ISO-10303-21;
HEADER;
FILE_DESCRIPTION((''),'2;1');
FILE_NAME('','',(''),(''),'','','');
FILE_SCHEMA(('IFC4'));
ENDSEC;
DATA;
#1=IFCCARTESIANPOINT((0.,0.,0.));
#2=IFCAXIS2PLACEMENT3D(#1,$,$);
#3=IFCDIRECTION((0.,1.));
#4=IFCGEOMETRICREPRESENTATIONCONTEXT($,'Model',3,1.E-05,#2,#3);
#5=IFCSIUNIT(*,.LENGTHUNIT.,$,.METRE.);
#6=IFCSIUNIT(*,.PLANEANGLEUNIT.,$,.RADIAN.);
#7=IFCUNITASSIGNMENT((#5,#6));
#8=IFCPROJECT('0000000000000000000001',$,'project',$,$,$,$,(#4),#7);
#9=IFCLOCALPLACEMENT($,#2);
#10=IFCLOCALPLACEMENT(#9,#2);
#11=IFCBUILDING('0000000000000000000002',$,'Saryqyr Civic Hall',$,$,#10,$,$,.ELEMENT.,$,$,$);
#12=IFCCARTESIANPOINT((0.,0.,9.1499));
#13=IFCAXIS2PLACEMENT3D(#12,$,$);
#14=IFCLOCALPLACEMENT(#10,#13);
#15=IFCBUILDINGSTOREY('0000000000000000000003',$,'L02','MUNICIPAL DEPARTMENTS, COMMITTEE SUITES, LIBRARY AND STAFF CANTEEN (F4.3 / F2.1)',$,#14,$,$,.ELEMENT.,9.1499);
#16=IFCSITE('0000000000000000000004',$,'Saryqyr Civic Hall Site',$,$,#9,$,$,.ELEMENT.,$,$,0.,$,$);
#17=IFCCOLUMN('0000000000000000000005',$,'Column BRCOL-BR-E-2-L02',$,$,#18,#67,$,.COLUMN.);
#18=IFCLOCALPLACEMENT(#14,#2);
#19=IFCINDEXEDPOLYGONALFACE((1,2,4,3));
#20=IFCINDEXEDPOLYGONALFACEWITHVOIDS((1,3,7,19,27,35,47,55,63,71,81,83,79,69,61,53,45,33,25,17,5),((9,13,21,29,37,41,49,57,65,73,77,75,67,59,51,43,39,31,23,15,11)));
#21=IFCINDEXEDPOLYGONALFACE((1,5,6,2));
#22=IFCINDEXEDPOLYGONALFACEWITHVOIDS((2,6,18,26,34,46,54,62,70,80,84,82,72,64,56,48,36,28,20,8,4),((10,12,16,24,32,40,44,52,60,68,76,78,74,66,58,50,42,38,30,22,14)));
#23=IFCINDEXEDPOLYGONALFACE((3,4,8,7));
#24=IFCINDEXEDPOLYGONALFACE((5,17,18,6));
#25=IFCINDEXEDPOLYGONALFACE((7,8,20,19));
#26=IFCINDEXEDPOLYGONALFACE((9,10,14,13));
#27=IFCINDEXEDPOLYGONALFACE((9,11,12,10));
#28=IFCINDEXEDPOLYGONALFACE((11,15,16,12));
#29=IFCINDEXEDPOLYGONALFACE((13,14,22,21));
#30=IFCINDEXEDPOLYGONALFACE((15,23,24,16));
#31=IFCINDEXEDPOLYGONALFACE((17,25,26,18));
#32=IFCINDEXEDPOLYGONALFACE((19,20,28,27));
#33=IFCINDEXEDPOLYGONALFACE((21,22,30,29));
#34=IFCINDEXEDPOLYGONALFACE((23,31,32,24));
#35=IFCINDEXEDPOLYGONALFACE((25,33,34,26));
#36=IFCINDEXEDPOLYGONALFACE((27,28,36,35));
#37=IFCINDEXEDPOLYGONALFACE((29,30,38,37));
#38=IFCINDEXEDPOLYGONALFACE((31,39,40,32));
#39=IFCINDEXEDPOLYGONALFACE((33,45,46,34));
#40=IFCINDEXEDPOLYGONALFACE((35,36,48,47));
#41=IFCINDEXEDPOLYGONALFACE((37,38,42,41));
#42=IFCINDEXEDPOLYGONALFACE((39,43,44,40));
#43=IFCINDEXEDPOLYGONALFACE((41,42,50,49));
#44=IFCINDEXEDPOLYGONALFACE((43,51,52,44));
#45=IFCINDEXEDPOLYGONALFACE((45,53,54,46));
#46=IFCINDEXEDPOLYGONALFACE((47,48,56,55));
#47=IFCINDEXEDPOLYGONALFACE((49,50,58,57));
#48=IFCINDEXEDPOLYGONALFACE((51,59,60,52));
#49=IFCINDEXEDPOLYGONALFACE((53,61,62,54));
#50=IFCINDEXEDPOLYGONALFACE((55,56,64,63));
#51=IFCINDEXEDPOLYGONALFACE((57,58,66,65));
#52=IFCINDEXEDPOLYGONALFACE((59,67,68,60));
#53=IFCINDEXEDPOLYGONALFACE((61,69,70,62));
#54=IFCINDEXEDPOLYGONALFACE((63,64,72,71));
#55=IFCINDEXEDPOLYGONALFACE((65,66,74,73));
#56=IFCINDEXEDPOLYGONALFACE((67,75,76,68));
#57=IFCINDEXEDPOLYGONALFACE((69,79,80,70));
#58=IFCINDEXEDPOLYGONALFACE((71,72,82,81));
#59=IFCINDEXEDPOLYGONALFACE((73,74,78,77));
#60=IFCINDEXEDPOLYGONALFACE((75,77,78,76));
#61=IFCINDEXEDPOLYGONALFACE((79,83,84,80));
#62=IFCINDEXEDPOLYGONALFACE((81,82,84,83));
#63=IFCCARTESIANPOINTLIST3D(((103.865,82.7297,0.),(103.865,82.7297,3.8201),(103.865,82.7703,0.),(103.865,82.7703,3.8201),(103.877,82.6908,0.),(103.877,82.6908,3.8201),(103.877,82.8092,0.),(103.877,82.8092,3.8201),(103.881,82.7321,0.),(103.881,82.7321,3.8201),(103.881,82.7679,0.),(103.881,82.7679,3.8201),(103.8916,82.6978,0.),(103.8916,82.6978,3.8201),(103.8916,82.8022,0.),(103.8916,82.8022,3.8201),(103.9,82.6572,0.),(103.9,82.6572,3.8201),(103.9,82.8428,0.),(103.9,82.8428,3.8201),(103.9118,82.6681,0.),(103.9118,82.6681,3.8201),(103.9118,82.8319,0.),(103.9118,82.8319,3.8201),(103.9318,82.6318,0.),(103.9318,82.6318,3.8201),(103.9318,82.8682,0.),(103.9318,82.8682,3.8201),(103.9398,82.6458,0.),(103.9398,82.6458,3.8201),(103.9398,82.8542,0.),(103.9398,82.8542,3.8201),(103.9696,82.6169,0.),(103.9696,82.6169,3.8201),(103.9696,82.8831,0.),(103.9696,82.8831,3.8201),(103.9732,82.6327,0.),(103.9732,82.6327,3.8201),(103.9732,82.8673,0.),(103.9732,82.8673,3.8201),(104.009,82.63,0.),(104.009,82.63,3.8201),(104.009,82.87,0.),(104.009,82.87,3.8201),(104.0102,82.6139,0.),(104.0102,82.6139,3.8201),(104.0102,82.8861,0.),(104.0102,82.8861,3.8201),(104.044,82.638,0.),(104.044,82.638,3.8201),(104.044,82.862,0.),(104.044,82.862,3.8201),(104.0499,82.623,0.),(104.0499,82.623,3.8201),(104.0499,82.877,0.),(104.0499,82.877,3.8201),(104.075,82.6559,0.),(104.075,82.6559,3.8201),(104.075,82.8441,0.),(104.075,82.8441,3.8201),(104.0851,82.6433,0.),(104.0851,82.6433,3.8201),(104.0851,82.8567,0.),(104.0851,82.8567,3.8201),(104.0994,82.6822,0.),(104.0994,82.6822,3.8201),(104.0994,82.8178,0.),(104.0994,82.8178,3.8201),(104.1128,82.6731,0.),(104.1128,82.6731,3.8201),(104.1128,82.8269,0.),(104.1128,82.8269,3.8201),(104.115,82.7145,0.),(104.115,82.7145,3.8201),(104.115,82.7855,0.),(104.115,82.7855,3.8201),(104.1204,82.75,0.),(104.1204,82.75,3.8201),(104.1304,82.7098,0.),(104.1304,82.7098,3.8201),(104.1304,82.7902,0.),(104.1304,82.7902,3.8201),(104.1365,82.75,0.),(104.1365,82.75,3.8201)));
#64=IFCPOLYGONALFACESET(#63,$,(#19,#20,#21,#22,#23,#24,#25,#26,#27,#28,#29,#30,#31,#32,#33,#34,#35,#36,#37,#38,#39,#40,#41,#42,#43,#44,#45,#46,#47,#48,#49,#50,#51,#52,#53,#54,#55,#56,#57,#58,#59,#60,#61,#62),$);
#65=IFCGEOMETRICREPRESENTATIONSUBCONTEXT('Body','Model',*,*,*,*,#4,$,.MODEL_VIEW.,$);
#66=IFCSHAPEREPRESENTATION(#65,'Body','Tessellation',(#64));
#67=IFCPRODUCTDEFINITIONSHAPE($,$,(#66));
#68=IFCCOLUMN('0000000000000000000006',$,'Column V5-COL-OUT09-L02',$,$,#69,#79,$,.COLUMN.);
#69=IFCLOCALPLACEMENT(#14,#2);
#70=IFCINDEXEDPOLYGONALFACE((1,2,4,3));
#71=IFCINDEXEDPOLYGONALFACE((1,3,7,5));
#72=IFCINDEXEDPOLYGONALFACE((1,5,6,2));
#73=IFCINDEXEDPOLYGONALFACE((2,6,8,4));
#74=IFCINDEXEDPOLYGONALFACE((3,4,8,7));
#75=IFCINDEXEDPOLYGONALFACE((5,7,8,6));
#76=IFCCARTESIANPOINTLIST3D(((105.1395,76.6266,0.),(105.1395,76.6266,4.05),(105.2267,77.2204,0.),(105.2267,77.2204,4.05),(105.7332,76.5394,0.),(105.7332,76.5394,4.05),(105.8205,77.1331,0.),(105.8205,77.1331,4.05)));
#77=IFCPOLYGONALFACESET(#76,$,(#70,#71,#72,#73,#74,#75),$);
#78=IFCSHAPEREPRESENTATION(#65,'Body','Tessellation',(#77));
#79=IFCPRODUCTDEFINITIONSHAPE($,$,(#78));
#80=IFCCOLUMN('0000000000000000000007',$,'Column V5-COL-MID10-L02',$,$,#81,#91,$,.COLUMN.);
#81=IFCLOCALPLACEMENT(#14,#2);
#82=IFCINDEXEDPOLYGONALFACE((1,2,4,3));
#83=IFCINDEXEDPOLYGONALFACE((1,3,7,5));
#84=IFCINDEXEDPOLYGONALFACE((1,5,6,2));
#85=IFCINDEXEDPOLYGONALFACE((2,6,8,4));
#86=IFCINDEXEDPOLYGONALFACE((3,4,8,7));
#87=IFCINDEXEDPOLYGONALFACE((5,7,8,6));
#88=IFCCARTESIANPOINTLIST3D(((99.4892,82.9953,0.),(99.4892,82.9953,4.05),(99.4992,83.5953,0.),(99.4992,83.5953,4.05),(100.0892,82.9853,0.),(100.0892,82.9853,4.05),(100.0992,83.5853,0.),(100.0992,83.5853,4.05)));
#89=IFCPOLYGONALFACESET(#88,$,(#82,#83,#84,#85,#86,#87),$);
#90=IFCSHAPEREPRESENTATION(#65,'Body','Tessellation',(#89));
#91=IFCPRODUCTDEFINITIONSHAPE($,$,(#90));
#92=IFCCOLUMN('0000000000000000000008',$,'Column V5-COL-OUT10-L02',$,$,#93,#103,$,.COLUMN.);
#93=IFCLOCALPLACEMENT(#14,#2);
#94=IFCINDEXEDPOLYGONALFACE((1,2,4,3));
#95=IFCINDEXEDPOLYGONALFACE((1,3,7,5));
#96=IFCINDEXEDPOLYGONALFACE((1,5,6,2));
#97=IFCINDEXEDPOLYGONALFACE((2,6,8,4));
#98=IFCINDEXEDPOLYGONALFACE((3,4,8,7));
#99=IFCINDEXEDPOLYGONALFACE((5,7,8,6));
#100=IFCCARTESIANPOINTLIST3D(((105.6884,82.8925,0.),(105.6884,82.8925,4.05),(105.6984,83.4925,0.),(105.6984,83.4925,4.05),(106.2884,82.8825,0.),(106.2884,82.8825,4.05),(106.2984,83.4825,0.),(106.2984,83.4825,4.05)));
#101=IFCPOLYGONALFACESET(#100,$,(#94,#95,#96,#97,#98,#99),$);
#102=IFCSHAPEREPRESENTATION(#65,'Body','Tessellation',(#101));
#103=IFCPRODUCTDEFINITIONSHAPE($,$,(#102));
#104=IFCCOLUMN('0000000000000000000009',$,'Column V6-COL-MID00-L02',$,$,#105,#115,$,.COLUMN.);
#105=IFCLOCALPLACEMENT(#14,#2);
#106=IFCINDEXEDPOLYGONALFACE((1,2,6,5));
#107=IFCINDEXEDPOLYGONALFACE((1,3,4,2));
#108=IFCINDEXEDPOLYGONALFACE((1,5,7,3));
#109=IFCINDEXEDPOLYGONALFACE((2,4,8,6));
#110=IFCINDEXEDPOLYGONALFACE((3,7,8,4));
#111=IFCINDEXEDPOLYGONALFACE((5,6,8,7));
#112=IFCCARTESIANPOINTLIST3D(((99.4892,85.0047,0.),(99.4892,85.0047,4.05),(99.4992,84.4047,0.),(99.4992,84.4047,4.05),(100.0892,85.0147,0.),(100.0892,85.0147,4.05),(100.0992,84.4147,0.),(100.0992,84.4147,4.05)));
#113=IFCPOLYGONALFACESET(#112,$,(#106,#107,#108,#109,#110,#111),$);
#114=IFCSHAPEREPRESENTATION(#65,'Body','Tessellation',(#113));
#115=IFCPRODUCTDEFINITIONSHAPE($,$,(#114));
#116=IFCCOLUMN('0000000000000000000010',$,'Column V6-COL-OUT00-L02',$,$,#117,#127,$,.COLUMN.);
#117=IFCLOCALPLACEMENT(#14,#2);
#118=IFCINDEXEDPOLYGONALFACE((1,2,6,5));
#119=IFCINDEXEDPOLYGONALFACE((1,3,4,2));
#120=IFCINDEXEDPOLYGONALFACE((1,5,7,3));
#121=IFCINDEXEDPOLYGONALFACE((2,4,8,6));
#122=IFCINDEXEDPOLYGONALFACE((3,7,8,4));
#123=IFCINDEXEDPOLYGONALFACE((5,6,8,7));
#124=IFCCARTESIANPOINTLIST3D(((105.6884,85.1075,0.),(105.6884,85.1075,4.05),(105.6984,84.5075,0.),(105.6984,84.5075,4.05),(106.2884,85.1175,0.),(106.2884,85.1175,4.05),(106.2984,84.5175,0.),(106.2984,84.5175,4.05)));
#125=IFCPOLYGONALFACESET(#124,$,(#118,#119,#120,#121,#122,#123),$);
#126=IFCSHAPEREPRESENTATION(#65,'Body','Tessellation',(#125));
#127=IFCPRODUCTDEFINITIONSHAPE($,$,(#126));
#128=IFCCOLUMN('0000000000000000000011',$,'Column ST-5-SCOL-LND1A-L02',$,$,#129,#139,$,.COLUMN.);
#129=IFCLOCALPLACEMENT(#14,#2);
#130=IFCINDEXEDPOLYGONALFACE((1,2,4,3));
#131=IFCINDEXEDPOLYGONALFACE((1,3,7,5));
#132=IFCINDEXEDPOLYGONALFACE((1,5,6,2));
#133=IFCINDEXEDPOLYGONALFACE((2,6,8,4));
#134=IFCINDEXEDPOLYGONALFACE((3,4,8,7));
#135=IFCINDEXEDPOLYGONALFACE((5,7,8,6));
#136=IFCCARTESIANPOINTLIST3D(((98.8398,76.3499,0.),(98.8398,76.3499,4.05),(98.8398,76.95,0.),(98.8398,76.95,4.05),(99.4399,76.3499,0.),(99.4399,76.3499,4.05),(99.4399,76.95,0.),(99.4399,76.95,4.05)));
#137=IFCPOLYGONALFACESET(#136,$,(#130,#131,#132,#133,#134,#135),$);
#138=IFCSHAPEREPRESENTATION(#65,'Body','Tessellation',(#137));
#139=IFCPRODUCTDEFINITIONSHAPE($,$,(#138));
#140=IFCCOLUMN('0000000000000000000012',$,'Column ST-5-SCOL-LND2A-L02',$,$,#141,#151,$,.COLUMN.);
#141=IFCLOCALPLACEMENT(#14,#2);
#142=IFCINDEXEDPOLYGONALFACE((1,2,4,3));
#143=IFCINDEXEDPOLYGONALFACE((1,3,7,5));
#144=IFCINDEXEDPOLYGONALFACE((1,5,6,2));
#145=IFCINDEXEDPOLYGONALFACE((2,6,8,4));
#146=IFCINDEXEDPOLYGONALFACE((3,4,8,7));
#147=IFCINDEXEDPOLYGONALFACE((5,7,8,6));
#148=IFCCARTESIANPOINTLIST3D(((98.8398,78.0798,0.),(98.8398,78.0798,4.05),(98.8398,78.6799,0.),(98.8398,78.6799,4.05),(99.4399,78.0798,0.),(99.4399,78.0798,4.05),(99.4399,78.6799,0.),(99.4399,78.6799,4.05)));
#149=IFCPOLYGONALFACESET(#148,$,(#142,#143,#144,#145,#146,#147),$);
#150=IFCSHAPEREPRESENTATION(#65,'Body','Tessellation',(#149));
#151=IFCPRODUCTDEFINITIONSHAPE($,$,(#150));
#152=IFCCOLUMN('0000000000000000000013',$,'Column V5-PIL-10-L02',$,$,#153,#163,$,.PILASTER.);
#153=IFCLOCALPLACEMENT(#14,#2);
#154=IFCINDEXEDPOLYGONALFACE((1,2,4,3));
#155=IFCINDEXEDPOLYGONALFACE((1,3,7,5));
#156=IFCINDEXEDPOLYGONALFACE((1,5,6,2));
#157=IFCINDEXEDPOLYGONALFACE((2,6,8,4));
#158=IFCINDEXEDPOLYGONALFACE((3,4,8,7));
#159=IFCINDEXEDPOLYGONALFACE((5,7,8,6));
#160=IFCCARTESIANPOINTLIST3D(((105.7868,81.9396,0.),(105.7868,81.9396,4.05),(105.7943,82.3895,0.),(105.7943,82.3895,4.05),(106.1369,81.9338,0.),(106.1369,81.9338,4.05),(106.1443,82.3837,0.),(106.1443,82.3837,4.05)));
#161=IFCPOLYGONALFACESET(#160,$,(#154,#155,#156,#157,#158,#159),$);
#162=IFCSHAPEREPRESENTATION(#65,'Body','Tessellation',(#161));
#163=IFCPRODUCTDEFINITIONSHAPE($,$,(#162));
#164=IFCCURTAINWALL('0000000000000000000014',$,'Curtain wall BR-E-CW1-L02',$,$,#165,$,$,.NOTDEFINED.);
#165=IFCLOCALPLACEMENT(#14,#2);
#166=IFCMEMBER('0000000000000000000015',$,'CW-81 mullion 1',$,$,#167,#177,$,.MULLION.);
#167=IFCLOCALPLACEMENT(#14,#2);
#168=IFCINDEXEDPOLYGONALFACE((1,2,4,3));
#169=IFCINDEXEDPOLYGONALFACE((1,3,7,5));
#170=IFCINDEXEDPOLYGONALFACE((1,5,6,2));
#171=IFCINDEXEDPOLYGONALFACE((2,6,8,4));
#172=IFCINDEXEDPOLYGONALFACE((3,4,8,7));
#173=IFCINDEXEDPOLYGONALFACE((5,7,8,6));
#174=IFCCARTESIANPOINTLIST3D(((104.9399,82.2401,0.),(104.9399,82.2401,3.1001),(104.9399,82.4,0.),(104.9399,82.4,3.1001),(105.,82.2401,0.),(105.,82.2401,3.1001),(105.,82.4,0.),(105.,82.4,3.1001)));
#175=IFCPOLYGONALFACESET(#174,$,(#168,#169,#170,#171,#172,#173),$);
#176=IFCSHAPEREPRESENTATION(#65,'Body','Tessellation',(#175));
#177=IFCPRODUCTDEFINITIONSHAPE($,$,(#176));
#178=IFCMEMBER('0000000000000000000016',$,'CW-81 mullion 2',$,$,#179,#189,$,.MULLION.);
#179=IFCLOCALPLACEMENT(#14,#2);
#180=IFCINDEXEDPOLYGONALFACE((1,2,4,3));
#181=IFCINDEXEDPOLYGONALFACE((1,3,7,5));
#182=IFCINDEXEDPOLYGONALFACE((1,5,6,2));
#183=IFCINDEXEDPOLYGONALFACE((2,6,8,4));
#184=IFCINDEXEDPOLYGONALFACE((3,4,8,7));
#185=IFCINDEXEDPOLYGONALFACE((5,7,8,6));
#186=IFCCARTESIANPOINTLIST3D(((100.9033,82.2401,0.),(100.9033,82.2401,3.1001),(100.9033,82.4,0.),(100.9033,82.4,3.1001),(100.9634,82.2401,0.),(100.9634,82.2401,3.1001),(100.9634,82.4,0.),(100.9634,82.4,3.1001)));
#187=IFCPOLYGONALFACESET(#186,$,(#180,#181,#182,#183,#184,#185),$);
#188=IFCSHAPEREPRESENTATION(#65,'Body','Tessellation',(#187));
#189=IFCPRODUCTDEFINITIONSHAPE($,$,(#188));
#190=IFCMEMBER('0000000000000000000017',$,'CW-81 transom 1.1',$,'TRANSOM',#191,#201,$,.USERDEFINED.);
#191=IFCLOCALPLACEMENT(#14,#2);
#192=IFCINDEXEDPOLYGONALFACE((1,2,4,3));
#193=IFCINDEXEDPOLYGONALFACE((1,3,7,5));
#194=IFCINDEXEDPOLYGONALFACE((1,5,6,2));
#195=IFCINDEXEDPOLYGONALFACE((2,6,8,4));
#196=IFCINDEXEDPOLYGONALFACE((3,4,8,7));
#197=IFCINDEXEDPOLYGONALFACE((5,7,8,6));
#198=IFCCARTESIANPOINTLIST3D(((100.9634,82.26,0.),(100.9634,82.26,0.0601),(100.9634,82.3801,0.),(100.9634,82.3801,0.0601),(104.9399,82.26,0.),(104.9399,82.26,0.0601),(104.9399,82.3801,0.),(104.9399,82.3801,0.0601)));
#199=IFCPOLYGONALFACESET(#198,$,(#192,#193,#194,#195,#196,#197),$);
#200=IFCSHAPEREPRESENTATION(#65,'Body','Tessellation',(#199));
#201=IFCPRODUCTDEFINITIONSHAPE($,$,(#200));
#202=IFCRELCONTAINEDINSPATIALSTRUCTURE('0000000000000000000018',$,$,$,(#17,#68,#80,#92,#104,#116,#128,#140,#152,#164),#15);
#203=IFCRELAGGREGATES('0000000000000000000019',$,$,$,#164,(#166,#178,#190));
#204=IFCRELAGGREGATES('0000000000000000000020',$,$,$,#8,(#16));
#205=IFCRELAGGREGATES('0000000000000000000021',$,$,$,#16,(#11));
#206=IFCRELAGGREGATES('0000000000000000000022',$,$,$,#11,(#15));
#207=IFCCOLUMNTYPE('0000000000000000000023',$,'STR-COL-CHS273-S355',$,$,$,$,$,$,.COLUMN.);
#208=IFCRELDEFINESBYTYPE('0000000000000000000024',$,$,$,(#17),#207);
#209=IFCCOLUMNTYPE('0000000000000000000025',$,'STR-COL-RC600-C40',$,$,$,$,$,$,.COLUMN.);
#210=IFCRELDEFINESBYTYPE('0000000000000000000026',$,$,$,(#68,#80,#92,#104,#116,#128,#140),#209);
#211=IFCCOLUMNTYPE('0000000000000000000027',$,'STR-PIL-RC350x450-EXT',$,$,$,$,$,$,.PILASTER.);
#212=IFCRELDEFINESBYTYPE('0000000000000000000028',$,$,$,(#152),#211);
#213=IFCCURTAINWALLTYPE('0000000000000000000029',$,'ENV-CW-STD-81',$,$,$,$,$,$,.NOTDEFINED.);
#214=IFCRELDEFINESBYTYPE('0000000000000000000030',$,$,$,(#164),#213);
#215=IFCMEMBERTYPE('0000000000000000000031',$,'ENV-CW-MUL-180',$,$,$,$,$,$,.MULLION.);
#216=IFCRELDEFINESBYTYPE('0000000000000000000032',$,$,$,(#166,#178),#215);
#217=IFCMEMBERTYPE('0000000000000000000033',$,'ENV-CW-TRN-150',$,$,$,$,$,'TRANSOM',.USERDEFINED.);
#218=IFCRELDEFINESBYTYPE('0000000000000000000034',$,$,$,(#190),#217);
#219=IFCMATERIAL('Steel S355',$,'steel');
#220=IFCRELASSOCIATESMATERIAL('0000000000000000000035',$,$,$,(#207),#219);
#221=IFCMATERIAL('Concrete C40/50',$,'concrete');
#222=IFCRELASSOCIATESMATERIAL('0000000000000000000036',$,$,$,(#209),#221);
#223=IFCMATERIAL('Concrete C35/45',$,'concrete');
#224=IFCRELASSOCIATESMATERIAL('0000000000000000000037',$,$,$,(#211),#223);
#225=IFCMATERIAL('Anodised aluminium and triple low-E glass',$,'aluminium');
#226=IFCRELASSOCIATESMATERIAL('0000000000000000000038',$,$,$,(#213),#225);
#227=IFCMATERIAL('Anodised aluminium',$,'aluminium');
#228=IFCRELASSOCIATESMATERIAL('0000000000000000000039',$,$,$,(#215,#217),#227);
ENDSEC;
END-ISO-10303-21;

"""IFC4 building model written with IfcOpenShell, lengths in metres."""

from ifc_helpers import new_model, si_unit, direction, frame, origin, origin_2d, place, context, subcontext, project, spatial, rectangle, hollow_circle, extrude, material, material_profile, profile_set, type_object, element, aggregate, save


model = new_model("IFC4")

# Units and contexts
model_context = context("Model", 3, precision=1e-05, world=origin(), true_north=direction((0.0, 1.0)))
body_context = subcontext(model_context, "Body", "Model", "MODEL_VIEW")
ifc_project = project(units=[si_unit("LENGTHUNIT", "METRE"), si_unit("PLANEANGLEUNIT", "RADIAN")], contexts=[model_context])

# Site, building, storey
site_placement = place(None, origin())
site = spatial("IfcSite", under=ifc_project, at=site_placement, Name="Saryqyr Civic Hall Site", CompositionType="ELEMENT", RefElevation=0.0)
building_placement = place(site_placement, origin())
building = spatial("IfcBuilding", under=site, at=building_placement, Name="Saryqyr Civic Hall", CompositionType="ELEMENT")
storey_placement = place(building_placement, frame((0.0, 0.0, 9.1499)))
storey = spatial("IfcBuildingStorey", under=building, at=storey_placement, Name="L02", Description="MUNICIPAL DEPARTMENTS, COMMITTEE SUITES, LIBRARY AND STAFF CANTEEN (F4.3 / F2.1)", CompositionType="ELEMENT", Elevation=9.1499)

# Columns
ifc_material_1 = material(Name="Steel S355", Category="steel")
ifc_material_profile_1 = material_profile(ifc_material_1, hollow_circle(Radius=0.1365, WallThickness=0.0161, at=origin_2d()), Name="CHS 273x16")
ifc_profile_set_1 = profile_set([ifc_material_profile_1], Name="Steel S355")
column_type_1 = type_object("IfcColumnType", Name="STR-COL-CHS273-S355", PredefinedType="COLUMN", material=ifc_profile_set_1)
column_1_placement = place(storey_placement, frame((104.0, 82.75, 0.0), z_axis=(0.0, 0.0, 1.0), x_axis=(1.0, 0.0, 0.0)))
element("IfcColumn", 1, at=column_1_placement, inside=storey, type_object=column_type_1, Name="Column BRCOL-BR-E-2-L02", PredefinedType="COLUMN", context=body_context, shape_type="SweptSolid", body=[
    extrude(hollow_circle(Radius=0.1365, WallThickness=0.0161, at=origin_2d()), origin(), (0.0, 0.0, 1.0), 3.8201),
])
ifc_material_2 = material(Name="Concrete C40/50", Category="concrete")
ifc_material_profile_2 = material_profile(ifc_material_2, rectangle(XDim=0.6001, YDim=0.6001, at=origin_2d()), Name="RC 600x600")
ifc_profile_set_2 = profile_set([ifc_material_profile_2], Name="Concrete C40/50")
column_type_2 = type_object("IfcColumnType", Name="STR-COL-RC600-C40", PredefinedType="COLUMN", material=ifc_profile_set_2)
for number, where, z_axis, x_axis, name in (
    (2, (105.48, 76.8799, 0.0), (0.0, 0.0, 1.0), (0.989374, -0.145392, 0.0), "Column V5-COL-OUT09-L02"),
    (3, (99.7942, 83.2903, 0.0), (0.0, 0.0, 1.0), (0.999863, -0.01658, 0.0), "Column V5-COL-MID10-L02"),
    (4, (105.9934, 83.1875, 0.0), (0.0, 0.0, 1.0), (0.999863, -0.01658, 0.0), "Column V5-COL-OUT10-L02"),
    (5, (99.7942, 84.7097, 0.0), (0.0, 0.0, 1.0), (0.999863, 0.01658, 0.0), "Column V6-COL-MID00-L02"),
    (6, (105.9934, 84.8125, 0.0), (0.0, 0.0, 1.0), (0.999863, 0.01658, 0.0), "Column V6-COL-OUT00-L02"),
    (7, (99.1399, 76.6499, 0.0), (0.0, 0.0, 1.0), (1.0, 0.0, 0.0), "Column ST-5-SCOL-LND1A-L02"),
    (8, (99.1399, 78.3799, 0.0), (0.0, 0.0, 1.0), (1.0, 0.0, 0.0), "Column ST-5-SCOL-LND2A-L02"),
):
    element("IfcColumn", number, at=place(storey_placement, frame(where, z_axis=z_axis, x_axis=x_axis)), inside=storey, type_object=column_type_2, Name=name, PredefinedType="COLUMN", context=body_context, shape_type="SweptSolid", body=[
        extrude(rectangle(XDim=0.6001, YDim=0.6001, at=origin_2d()), origin(), (0.0, 0.0, 1.0), 4.05),
    ])
ifc_material_3 = material(Name="Concrete C35/45", Category="concrete")
ifc_material_profile_3 = material_profile(ifc_material_3, rectangle(XDim=0.3501, YDim=0.45, at=origin_2d()), Name="RC 350x450")
ifc_profile_set_3 = profile_set([ifc_material_profile_3], Name="Concrete C35/45")
column_type_3 = type_object("IfcColumnType", Name="STR-PIL-RC350x450-EXT", PredefinedType="PILASTER", material=ifc_profile_set_3)
column_2_placement = place(storey_placement, frame((105.9656, 82.1616, 0.0), z_axis=(0.0, 0.0, 1.0), x_axis=(0.999863, -0.01658, 0.0)))
element("IfcColumn", 9, at=column_2_placement, inside=storey, type_object=column_type_3, Name="Column V5-PIL-10-L02", PredefinedType="PILASTER", context=body_context, shape_type="SweptSolid", body=[
    extrude(rectangle(XDim=0.3501, YDim=0.45, at=origin_2d()), origin(), (0.0, 0.0, 1.0), 4.05),
])

# Curtain wall, members
ifc_material_4 = material(Name="Anodised aluminium and triple low-E glass", Category="aluminium")
curtain_wall_type = type_object("IfcCurtainWallType", Name="ENV-CW-STD-81", PredefinedType="NOTDEFINED", material=ifc_material_4)
curtain_wall_placement = place(storey_placement, origin())
curtain_wall = element("IfcCurtainWall", 10, at=curtain_wall_placement, inside=storey, type_object=curtain_wall_type, Name="Curtain wall BR-E-CW1-L02", PredefinedType="NOTDEFINED")
ifc_material_5 = material(Name="Anodised aluminium", Category="aluminium")
ifc_material_profile_4 = material_profile(ifc_material_5, rectangle(XDim=0.0601, YDim=0.1599, at=origin_2d()), Name="ALU MULLION 60x160")
ifc_profile_set_4 = profile_set([ifc_material_profile_4], Name="Anodised aluminium")
member_type_1 = type_object("IfcMemberType", Name="ENV-CW-MUL-180", PredefinedType="MULLION", material=ifc_profile_set_4)
member_1_placement = place(storey_placement, frame((104.97, 82.3201, 0.0), z_axis=(0.0, 0.0, 1.0), x_axis=(-1.0, 0.0, 0.0)))
member_1 = element("IfcMember", 11, at=member_1_placement, type_object=member_type_1, Name="CW-81 mullion 1", PredefinedType="MULLION", context=body_context, shape_type="SweptSolid", body=[
    extrude(rectangle(XDim=0.0601, YDim=0.1599, at=origin_2d()), origin(), (0.0, 0.0, 1.0), 3.1001),
])
member_2_placement = place(storey_placement, frame((100.9333, 82.3201, 0.0), z_axis=(0.0, 0.0, 1.0), x_axis=(-1.0, 0.0, 0.0)))
member_2 = element("IfcMember", 12, at=member_2_placement, type_object=member_type_1, Name="CW-81 mullion 2", PredefinedType="MULLION", context=body_context, shape_type="SweptSolid", body=[
    extrude(rectangle(XDim=0.0601, YDim=0.1599, at=origin_2d()), origin(), (0.0, 0.0, 1.0), 3.1001),
])
ifc_material_profile_5 = material_profile(ifc_material_5, rectangle(XDim=0.1201, YDim=0.0601, at=origin_2d()), Name="ALU TRANSOM 120x60")
ifc_profile_set_5 = profile_set([ifc_material_profile_5], Name="Anodised aluminium")
member_type_2 = type_object("IfcMemberType", Name="ENV-CW-TRN-150", ElementType="TRANSOM", PredefinedType="USERDEFINED", material=ifc_profile_set_5)
member_3_placement = place(storey_placement, frame((104.9399, 82.3201, 0.03), z_axis=(-1.0, 0.0, 0.0), x_axis=(0.0, -1.0, 0.0)))
member_3 = element("IfcMember", 13, at=member_3_placement, type_object=member_type_2, Name="CW-81 transom 1.1", ObjectType="TRANSOM", PredefinedType="USERDEFINED", context=body_context, shape_type="SweptSolid", body=[
    extrude(rectangle(XDim=0.1201, YDim=0.0601, at=origin_2d()), origin(), (0.0, 0.0, 1.0), 3.9766),
])

aggregate(curtain_wall, [member_1, member_2, member_3])

save(model, "model.ifc")
